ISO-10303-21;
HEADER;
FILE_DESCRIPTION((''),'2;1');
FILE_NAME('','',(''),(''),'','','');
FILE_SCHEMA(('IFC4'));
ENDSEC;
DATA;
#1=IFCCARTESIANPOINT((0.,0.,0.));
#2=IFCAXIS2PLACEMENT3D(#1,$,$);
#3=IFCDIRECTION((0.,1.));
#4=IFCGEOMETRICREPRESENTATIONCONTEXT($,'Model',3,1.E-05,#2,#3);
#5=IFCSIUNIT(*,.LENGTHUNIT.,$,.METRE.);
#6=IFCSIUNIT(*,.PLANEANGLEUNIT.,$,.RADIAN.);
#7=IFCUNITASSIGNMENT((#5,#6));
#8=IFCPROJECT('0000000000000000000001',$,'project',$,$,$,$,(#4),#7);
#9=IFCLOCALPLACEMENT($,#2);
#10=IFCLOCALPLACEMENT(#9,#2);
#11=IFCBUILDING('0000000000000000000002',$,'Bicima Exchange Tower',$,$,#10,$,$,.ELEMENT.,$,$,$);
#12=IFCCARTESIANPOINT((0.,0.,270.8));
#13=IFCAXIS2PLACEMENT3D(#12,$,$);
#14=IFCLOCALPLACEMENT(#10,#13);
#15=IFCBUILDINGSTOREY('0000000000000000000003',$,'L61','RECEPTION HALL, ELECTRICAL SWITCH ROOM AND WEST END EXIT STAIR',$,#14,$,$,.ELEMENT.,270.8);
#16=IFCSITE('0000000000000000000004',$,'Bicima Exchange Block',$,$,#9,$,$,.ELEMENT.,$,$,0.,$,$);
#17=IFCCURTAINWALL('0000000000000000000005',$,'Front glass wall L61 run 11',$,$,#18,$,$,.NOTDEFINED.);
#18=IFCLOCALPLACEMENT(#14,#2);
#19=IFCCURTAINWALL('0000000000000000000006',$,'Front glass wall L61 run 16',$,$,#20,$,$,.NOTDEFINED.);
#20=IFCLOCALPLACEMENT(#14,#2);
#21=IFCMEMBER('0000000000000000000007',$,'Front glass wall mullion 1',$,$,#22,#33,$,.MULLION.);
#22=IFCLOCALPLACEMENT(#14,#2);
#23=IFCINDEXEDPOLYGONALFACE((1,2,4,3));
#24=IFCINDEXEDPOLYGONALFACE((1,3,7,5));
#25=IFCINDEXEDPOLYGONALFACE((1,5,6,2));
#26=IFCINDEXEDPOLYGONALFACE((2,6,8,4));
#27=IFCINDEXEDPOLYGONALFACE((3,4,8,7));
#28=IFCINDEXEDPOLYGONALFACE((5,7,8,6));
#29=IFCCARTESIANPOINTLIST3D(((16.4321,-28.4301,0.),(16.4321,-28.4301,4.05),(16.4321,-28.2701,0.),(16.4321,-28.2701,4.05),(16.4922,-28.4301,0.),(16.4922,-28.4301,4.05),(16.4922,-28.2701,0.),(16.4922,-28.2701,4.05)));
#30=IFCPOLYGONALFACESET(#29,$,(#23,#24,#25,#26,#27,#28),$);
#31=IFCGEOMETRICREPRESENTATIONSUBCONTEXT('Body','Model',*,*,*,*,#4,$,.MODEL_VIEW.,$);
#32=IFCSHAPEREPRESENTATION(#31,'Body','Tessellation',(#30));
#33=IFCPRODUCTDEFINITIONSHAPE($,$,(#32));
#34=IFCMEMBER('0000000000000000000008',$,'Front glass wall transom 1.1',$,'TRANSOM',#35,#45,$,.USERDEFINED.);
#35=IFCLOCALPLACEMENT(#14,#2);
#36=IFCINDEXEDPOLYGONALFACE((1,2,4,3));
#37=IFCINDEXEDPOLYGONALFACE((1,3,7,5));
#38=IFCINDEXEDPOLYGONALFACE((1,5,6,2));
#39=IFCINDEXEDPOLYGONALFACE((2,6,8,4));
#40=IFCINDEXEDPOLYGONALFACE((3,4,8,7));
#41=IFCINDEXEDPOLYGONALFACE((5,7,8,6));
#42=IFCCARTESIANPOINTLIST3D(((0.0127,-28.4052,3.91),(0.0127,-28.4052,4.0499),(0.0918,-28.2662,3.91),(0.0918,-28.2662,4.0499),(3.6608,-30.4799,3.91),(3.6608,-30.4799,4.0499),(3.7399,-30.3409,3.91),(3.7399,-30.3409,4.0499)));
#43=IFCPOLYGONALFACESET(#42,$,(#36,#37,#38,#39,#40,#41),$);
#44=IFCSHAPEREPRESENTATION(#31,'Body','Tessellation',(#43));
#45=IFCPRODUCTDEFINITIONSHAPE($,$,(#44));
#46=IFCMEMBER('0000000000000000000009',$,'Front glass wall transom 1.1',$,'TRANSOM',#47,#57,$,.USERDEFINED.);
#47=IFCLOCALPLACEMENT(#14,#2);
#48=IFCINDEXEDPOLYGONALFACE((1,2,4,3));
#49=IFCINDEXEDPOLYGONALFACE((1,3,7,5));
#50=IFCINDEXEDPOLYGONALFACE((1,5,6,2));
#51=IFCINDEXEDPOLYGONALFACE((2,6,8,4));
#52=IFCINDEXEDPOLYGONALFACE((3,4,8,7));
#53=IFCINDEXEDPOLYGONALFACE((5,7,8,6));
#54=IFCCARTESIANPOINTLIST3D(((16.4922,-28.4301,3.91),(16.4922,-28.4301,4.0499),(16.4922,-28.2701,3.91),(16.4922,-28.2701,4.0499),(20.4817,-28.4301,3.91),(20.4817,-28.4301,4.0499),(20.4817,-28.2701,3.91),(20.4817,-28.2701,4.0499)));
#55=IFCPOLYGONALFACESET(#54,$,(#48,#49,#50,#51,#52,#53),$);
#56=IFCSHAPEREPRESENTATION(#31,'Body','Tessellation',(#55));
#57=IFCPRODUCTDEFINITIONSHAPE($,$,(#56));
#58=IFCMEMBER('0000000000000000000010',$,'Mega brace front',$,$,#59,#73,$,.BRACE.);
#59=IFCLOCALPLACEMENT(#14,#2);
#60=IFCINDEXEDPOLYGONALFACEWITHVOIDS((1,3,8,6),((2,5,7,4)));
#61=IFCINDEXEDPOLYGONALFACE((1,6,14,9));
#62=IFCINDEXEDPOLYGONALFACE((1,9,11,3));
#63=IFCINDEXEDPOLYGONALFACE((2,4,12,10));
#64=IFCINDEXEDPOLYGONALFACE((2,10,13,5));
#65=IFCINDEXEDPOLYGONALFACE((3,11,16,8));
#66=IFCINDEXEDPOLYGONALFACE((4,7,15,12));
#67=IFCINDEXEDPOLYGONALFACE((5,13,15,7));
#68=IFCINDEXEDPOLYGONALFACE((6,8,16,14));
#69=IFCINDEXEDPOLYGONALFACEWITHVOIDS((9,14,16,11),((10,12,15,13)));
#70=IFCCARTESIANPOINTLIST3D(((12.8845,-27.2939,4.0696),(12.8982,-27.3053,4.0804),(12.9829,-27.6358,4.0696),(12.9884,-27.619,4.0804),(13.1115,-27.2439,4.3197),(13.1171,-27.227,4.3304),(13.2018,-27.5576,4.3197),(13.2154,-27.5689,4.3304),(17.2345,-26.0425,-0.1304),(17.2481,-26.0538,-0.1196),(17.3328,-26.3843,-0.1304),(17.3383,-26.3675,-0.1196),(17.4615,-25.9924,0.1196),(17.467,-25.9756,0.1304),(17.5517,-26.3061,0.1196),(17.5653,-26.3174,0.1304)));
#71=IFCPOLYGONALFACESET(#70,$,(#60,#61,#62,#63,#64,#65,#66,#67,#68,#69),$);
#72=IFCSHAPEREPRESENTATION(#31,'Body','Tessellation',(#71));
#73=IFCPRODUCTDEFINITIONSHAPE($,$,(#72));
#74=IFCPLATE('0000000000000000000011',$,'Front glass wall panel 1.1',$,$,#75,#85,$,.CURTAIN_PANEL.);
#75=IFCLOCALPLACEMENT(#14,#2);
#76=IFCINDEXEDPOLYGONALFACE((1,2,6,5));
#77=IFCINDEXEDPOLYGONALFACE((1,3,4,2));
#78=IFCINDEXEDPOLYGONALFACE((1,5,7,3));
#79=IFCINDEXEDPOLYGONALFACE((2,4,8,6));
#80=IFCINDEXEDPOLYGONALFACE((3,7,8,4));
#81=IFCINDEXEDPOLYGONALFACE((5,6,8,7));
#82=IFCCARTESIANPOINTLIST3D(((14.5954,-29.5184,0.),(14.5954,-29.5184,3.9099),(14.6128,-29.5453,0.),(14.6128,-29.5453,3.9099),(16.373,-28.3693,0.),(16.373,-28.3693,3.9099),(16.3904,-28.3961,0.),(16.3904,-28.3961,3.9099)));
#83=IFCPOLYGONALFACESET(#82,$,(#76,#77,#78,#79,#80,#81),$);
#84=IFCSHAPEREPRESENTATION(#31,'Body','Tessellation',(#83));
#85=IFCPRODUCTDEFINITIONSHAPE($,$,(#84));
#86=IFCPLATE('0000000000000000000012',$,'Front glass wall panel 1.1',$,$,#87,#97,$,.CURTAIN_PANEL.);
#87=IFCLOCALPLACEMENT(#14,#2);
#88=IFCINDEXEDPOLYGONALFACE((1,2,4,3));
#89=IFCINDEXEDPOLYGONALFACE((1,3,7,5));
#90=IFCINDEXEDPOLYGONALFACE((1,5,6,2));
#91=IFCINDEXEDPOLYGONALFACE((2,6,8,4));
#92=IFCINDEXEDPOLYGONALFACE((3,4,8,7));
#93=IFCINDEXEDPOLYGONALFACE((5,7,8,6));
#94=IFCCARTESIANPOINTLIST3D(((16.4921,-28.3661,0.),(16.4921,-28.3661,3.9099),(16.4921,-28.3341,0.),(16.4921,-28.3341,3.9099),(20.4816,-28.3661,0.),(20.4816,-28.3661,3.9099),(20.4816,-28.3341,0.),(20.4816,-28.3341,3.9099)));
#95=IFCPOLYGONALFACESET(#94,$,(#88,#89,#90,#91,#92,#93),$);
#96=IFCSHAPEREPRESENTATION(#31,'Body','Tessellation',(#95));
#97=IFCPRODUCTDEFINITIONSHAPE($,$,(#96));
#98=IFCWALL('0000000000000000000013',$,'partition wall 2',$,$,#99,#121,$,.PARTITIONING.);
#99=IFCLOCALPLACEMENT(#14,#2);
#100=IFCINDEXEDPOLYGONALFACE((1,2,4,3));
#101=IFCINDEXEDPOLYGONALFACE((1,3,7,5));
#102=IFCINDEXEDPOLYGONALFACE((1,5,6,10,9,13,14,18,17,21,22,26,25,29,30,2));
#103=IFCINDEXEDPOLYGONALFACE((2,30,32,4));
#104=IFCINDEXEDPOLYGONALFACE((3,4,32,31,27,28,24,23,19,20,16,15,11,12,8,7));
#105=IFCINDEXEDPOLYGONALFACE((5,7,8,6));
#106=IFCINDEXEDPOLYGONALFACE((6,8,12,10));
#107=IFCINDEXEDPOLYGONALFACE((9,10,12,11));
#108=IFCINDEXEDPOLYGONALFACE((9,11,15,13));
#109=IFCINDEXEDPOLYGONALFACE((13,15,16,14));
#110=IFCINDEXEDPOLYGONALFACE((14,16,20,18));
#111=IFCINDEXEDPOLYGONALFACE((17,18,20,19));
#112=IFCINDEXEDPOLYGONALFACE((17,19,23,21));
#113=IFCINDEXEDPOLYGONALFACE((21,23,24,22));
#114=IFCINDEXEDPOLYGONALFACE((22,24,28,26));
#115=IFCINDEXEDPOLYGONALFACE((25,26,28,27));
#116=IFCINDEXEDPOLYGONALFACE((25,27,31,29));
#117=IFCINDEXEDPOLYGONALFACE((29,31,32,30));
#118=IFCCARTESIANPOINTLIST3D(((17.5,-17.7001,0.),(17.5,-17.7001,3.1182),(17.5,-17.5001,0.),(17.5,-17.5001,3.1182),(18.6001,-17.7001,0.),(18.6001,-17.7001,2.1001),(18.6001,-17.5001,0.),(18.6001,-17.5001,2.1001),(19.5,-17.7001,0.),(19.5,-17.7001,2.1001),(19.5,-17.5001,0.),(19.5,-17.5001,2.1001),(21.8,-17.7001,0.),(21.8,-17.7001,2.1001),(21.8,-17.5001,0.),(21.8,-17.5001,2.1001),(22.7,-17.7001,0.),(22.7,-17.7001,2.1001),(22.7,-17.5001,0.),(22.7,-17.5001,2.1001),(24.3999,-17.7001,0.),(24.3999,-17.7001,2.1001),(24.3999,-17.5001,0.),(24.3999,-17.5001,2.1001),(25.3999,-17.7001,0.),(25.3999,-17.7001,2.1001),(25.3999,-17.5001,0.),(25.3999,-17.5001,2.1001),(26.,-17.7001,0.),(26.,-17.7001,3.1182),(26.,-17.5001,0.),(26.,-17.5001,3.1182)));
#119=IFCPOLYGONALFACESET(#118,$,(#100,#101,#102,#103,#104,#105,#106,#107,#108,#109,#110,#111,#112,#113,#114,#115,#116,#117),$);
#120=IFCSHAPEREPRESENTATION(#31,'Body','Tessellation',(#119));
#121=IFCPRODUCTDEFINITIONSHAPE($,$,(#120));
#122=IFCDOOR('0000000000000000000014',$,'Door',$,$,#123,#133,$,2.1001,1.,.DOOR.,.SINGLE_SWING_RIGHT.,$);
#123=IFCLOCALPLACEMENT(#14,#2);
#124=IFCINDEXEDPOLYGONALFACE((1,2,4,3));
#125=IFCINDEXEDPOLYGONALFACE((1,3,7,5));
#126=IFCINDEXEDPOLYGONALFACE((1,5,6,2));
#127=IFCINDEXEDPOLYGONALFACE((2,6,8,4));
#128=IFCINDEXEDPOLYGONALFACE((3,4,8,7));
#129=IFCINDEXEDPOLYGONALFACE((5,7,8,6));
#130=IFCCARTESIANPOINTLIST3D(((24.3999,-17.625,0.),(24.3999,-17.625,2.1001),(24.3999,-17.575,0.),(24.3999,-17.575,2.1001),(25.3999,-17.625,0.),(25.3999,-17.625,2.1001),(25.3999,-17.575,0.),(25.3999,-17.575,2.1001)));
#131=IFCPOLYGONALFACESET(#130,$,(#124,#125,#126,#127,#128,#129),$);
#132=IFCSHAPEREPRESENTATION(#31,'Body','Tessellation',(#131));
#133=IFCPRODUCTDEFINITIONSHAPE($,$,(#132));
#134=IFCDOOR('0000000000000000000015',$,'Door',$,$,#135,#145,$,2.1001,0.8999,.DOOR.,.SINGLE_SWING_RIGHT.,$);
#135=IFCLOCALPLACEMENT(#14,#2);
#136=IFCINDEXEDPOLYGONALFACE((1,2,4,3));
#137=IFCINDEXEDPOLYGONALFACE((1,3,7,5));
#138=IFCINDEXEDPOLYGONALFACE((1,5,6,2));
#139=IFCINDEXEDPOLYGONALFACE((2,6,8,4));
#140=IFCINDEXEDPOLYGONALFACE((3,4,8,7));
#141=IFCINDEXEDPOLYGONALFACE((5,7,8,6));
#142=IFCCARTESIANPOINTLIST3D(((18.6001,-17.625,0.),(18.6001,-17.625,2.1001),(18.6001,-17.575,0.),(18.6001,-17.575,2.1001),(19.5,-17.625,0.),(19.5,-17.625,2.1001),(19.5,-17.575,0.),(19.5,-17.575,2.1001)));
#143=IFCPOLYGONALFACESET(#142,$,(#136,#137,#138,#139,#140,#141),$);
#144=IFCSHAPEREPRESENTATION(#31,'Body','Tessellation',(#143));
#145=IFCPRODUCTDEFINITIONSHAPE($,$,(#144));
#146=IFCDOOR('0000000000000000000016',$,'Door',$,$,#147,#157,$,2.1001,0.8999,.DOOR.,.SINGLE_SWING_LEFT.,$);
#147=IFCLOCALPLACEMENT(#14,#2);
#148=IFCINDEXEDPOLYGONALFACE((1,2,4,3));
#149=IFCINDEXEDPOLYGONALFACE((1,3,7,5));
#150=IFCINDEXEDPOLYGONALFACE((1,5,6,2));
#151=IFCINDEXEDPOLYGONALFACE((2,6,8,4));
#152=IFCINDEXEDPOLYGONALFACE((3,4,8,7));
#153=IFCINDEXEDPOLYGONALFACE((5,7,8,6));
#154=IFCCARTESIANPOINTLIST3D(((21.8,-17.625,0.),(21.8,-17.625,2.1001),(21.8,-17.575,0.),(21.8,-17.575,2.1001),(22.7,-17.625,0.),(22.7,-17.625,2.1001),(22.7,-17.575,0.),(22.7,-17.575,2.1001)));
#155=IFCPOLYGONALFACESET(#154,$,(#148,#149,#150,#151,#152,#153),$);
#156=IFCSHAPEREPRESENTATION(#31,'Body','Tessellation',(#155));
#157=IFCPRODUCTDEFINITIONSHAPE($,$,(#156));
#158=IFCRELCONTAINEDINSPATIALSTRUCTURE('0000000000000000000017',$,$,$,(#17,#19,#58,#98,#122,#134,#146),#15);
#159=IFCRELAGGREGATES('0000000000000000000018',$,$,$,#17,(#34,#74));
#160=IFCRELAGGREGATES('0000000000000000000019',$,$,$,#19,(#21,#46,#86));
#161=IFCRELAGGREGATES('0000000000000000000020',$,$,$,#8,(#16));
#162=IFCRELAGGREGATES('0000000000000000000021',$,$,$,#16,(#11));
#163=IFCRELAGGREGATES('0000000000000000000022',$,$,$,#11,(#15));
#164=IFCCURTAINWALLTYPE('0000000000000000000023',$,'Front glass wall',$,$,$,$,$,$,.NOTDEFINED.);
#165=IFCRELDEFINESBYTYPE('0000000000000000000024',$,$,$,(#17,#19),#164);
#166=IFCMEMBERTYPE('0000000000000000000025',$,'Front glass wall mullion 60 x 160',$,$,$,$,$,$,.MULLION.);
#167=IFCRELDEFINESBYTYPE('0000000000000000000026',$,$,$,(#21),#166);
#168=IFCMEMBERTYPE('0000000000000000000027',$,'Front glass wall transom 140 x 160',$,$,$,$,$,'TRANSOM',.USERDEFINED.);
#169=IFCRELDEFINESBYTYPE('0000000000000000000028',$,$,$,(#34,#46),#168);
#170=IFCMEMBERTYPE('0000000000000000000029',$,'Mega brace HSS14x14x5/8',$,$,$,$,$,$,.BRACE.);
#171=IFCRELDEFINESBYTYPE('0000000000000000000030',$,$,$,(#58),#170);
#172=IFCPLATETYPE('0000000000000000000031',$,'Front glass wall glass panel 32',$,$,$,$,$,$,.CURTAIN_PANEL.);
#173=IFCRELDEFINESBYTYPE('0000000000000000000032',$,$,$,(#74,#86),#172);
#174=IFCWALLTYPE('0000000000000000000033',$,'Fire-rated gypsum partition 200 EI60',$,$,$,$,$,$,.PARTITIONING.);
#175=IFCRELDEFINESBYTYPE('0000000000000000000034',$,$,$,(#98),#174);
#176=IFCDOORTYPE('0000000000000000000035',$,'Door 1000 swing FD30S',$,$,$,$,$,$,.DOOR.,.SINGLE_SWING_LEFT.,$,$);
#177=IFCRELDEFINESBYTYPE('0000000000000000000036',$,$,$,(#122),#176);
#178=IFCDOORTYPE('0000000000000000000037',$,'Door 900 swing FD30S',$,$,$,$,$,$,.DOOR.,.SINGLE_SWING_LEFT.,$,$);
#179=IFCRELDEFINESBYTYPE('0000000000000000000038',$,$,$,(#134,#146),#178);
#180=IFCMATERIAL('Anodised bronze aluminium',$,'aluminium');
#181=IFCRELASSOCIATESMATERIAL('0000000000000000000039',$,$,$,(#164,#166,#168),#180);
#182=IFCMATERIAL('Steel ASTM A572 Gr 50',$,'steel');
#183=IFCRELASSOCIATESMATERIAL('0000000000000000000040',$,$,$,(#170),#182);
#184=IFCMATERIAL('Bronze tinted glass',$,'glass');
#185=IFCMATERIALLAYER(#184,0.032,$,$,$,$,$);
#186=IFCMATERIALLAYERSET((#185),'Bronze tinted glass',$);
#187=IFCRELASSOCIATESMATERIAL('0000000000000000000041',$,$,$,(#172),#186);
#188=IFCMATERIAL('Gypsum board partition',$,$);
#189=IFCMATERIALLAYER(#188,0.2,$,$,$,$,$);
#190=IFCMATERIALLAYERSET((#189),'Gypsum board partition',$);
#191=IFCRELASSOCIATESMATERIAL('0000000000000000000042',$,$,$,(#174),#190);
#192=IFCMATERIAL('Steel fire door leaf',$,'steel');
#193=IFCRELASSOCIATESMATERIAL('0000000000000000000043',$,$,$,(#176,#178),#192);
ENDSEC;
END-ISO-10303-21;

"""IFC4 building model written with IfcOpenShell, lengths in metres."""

from ifc_helpers import new_model, si_unit, direction, frame, frame_2d, origin, origin_2d, place, context, subcontext, project, spatial, rectangle, hollow_rectangle, extrude, material, layer, layer_set, material_profile, profile_set, type_object, element, fill, aggregate, save


model = new_model("IFC4")

# Units and contexts
model_context = context("Model", 3, precision=1e-05, world=origin(), true_north=direction((0.0, 1.0)))
body_context = subcontext(model_context, "Body", "Model", "MODEL_VIEW")
ifc_project = project(units=[si_unit("LENGTHUNIT", "METRE"), si_unit("PLANEANGLEUNIT", "RADIAN")], contexts=[model_context])

# Site, building, storey
site_placement = place(None, origin())
site = spatial("IfcSite", under=ifc_project, at=site_placement, Name="Bicima Exchange Block", CompositionType="ELEMENT", RefElevation=0.0)
building_placement = place(site_placement, origin())
building = spatial("IfcBuilding", under=site, at=building_placement, Name="Bicima Exchange Tower", CompositionType="ELEMENT")
storey_placement = place(building_placement, frame((0.0, 0.0, 270.8)))
storey = spatial("IfcBuildingStorey", under=building, at=storey_placement, Name="L61", Description="RECEPTION HALL, ELECTRICAL SWITCH ROOM AND WEST END EXIT STAIR", CompositionType="ELEMENT", Elevation=270.8)

# Curtain wall
ifc_material_1 = material(Name="Anodised bronze aluminium", Category="aluminium")
curtain_wall_type = type_object("IfcCurtainWallType", Name="Front glass wall", PredefinedType="NOTDEFINED", material=ifc_material_1)
curtain_wall_1_placement = place(storey_placement, origin())
curtain_wall_1 = element("IfcCurtainWall", 1, at=curtain_wall_1_placement, inside=storey, type_object=curtain_wall_type, Name="Front glass wall L61 run 11", PredefinedType="NOTDEFINED")
ifc_material_profile_1 = material_profile(ifc_material_1, rectangle(XDim=0.1599, YDim=0.0601, at=origin_2d()))
ifc_profile_set_1 = profile_set([ifc_material_profile_1], Name="Anodised bronze aluminium")
member_type_1 = type_object("IfcMemberType", Name="Front glass wall mullion 60 x 160", PredefinedType="MULLION", material=ifc_profile_set_1)

# Curtain wall, member
curtain_wall_2_placement = place(storey_placement, origin())
curtain_wall_2 = element("IfcCurtainWall", 2, at=curtain_wall_2_placement, inside=storey, type_object=curtain_wall_type, Name="Front glass wall L61 run 16", PredefinedType="NOTDEFINED")
member_1_placement = place(storey_placement, frame((16.4622, -28.3501, 0.0), z_axis=(0.0, 0.0, 1.0), x_axis=(0.0, 1.0, 0.0)))
member_1 = element("IfcMember", 3, at=member_1_placement, type_object=member_type_1, Name="Front glass wall mullion 1", PredefinedType="MULLION", context=body_context, shape_type="SweptSolid", body=[
    extrude(rectangle(XDim=0.1599, YDim=0.0601, at=origin_2d()), origin(), (0.0, 0.0, 1.0), 4.05),
])

# Members
ifc_material_profile_2 = material_profile(ifc_material_1, rectangle(XDim=0.1599, YDim=0.1399, at=origin_2d()))
ifc_profile_set_2 = profile_set([ifc_material_profile_2], Name="Anodised bronze aluminium")
member_type_2 = type_object("IfcMemberType", Name="Front glass wall transom 140 x 160", ElementType="TRANSOM", PredefinedType="USERDEFINED", material=ifc_profile_set_2)
member_2_placement = place(storey_placement, frame((0.0522, -28.3357, 3.98), z_axis=(0.869265, -0.494346, 0.0), x_axis=(0.494346, 0.869265, 0.0)))
member_2 = element("IfcMember", 4, at=member_2_placement, type_object=member_type_2, Name="Front glass wall transom 1.1", ObjectType="TRANSOM", PredefinedType="USERDEFINED", context=body_context, shape_type="SweptSolid", body=[
    extrude(rectangle(XDim=0.1599, YDim=0.1399, at=origin_2d()), origin(), (0.0, 0.0, 1.0), 4.1968),
])
member_3_placement = place(storey_placement, frame((16.4922, -28.3501, 3.98), z_axis=(1.0, 0.0, 0.0), x_axis=(0.0, 1.0, 0.0)))
member_3 = element("IfcMember", 5, at=member_3_placement, type_object=member_type_2, Name="Front glass wall transom 1.1", ObjectType="TRANSOM", PredefinedType="USERDEFINED", context=body_context, shape_type="SweptSolid", body=[
    extrude(rectangle(XDim=0.1599, YDim=0.1399, at=origin_2d()), origin(), (0.0, 0.0, 1.0), 3.9895),
])
ifc_material_2 = material(Name="Steel ASTM A572 Gr 50", Category="steel")
ifc_material_profile_3 = material_profile(ifc_material_2, hollow_rectangle(XDim=0.3557, YDim=0.3557, WallThickness=0.0146, at=origin_2d()))
ifc_profile_set_3 = profile_set([ifc_material_profile_3], Name="Steel ASTM A572 Gr 50")
member_type_3 = type_object("IfcMemberType", Name="Mega brace HSS14x14x5/8", PredefinedType="BRACE", material=ifc_profile_set_3)
member_4_placement = place(storey_placement, frame((17.3999, -26.1799, 0.0), z_axis=(-0.704463, -0.202676, 0.680187), x_axis=(0.276487, -0.961018, 0.0)))
element("IfcMember", 6, at=member_4_placement, inside=storey, type_object=member_type_3, Name="Mega brace front", PredefinedType="BRACE", context=body_context, shape_type="SweptSolid", body=[
    extrude(hollow_rectangle(XDim=0.3557, YDim=0.3557, WallThickness=0.0146, at=origin_2d()), origin(), (0.0, 0.0, 1.0), 6.1748),
])

# Plates
ifc_material_3 = material(Name="Bronze tinted glass", Category="glass")
ifc_layer_1 = layer(ifc_material_3, 0.032)
ifc_layer_set_1 = layer_set([ifc_layer_1], Name="Bronze tinted glass")
plate_type = type_object("IfcPlateType", Name="Front glass wall glass panel 32", PredefinedType="CURTAIN_PANEL", material=ifc_layer_set_1)
plate_1_placement = place(storey_placement, frame((15.4929, -28.9573, 0.0), z_axis=(0.0, 0.0, 1.0), x_axis=(0.839791, 0.542909, 0.0)))
plate_1 = element("IfcPlate", 7, at=plate_1_placement, type_object=plate_type, Name="Front glass wall panel 1.1", PredefinedType="CURTAIN_PANEL", context=body_context, shape_type="SweptSolid", body=[
    extrude(rectangle(XDim=2.1167, YDim=0.032, at=origin_2d()), origin(), (0.0, 0.0, 1.0), 3.9099),
])
aggregate(curtain_wall_1, [member_2, plate_1])
plate_2_placement = place(storey_placement, frame((18.4868, -28.3501, 0.0), z_axis=(0.0, 0.0, 1.0), x_axis=(1.0, 0.0, 0.0)))
plate_2 = element("IfcPlate", 8, at=plate_2_placement, type_object=plate_type, Name="Front glass wall panel 1.1", PredefinedType="CURTAIN_PANEL", context=body_context, shape_type="SweptSolid", body=[
    extrude(rectangle(XDim=3.9895, YDim=0.032, at=origin_2d()), origin(), (0.0, 0.0, 1.0), 3.9099),
])
aggregate(curtain_wall_2, [member_1, member_3, plate_2])

# Wall, openings, doors
ifc_material_4 = material(Name="Gypsum board partition")
ifc_layer_2 = layer(ifc_material_4, 0.2)
ifc_layer_set_2 = layer_set([ifc_layer_2], Name="Gypsum board partition")
wall_type_1 = type_object("IfcWallType", Name="Fire-rated gypsum partition 200 EI60", PredefinedType="PARTITIONING", material=ifc_layer_set_2)
wall_1_placement = place(storey_placement, frame((17.5, -17.6001, 0.0), z_axis=(0.0, 0.0, 1.0), x_axis=(1.0, 0.0, 0.0)))
wall_1 = element("IfcWall", 9, at=wall_1_placement, inside=storey, type_object=wall_type_1, Name="partition wall 2", PredefinedType="PARTITIONING", context=body_context, shape_type="SweptSolid", body=[
    extrude(rectangle(XDim=8.5, YDim=0.2, at=frame_2d((4.25, 0.0))), origin(), (0.0, 0.0, 1.0), 3.1182),
])
opening_1_placement = place(wall_1_placement, frame((1.1001, 0.0, 0.0)))
opening_1 = element("IfcOpeningElement", 10, at=opening_1_placement, cuts=wall_1, PredefinedType="OPENING", context=body_context, shape_type="SweptSolid", body=[
    extrude(rectangle(XDim=0.8999, YDim=2.1001, at=frame_2d((0.45, 1.05))), frame((0.0, 0.1118, 0.0), z_axis=(0.0, -1.0, 0.0), x_axis=(1.0, 0.0, 0.0)), (0.0, 0.0, 1.0), 0.2239),
])
opening_2_placement = place(wall_1_placement, frame((4.3, 0.0, 0.0)))
opening_2 = element("IfcOpeningElement", 11, at=opening_2_placement, cuts=wall_1, PredefinedType="OPENING", context=body_context, shape_type="SweptSolid", body=[
    extrude(rectangle(XDim=0.8999, YDim=2.1001, at=frame_2d((0.45, 1.05))), frame((0.0, 0.1118, 0.0), z_axis=(0.0, -1.0, 0.0), x_axis=(1.0, 0.0, 0.0)), (0.0, 0.0, 1.0), 0.2239),
])
opening_3_placement = place(wall_1_placement, frame((6.8999, 0.0, 0.0)))
opening_3 = element("IfcOpeningElement", 12, at=opening_3_placement, cuts=wall_1, PredefinedType="OPENING", context=body_context, shape_type="SweptSolid", body=[
    extrude(rectangle(XDim=1.0, YDim=2.1001, at=frame_2d((0.5, 1.05))), frame((0.0, 0.1118, 0.0), z_axis=(0.0, -1.0, 0.0), x_axis=(1.0, 0.0, 0.0)), (0.0, 0.0, 1.0), 0.2239),
])
ifc_material_5 = material(Name="Steel fire door leaf", Category="steel")
door_type_1 = type_object("IfcDoorType", Name="Door 1000 swing FD30S", OperationType="SINGLE_SWING_LEFT", PredefinedType="DOOR", material=ifc_material_5)
door_1_placement = place(opening_3_placement, frame((1.0, 0.0, 0.0), z_axis=(0.0, 0.0, 1.0), x_axis=(-1.0, 0.0, 0.0)))
door_1 = element("IfcDoor", 13, at=door_1_placement, inside=storey, type_object=door_type_1, Name="Door", OperationType="SINGLE_SWING_RIGHT", OverallHeight=2.1001, OverallWidth=1.0, PredefinedType="DOOR", context=body_context, shape_type="SweptSolid", body=[
    extrude(rectangle(XDim=1.0, YDim=2.1001, at=frame_2d((0.5, 1.05))), frame((0.0, 0.0249, 0.0), z_axis=(0.0, -1.0, 0.0), x_axis=(1.0, 0.0, 0.0)), (0.0, 0.0, 1.0), 0.05),
])
fill(opening_3, door_1)
door_type_2 = type_object("IfcDoorType", Name="Door 900 swing FD30S", OperationType="SINGLE_SWING_LEFT", PredefinedType="DOOR", material=ifc_material_5)
door_2_placement = place(opening_1_placement, frame((0.8999, 0.0, 0.0), z_axis=(0.0, 0.0, 1.0), x_axis=(-1.0, 0.0, 0.0)))
door_2 = element("IfcDoor", 14, at=door_2_placement, inside=storey, type_object=door_type_2, Name="Door", OperationType="SINGLE_SWING_RIGHT", OverallHeight=2.1001, OverallWidth=0.8999, PredefinedType="DOOR", context=body_context, shape_type="SweptSolid", body=[
    extrude(rectangle(XDim=0.8999, YDim=2.1001, at=frame_2d((0.45, 1.05))), frame((0.0, 0.0249, 0.0), z_axis=(0.0, -1.0, 0.0), x_axis=(1.0, 0.0, 0.0)), (0.0, 0.0, 1.0), 0.05),
])
fill(opening_1, door_2)
door_3_placement = place(opening_2_placement, frame((0.8999, 0.0, 0.0), z_axis=(0.0, 0.0, 1.0), x_axis=(-1.0, 0.0, 0.0)))
door_3 = element("IfcDoor", 15, at=door_3_placement, inside=storey, type_object=door_type_2, Name="Door", OperationType="SINGLE_SWING_LEFT", OverallHeight=2.1001, OverallWidth=0.8999, PredefinedType="DOOR", context=body_context, shape_type="SweptSolid", body=[
    extrude(rectangle(XDim=0.8999, YDim=2.1001, at=frame_2d((0.45, 1.05))), frame((0.0, 0.0249, 0.0), z_axis=(0.0, -1.0, 0.0), x_axis=(1.0, 0.0, 0.0)), (0.0, 0.0, 1.0), 0.05),
])
fill(opening_2, door_3)

save(model, "model.ifc")
